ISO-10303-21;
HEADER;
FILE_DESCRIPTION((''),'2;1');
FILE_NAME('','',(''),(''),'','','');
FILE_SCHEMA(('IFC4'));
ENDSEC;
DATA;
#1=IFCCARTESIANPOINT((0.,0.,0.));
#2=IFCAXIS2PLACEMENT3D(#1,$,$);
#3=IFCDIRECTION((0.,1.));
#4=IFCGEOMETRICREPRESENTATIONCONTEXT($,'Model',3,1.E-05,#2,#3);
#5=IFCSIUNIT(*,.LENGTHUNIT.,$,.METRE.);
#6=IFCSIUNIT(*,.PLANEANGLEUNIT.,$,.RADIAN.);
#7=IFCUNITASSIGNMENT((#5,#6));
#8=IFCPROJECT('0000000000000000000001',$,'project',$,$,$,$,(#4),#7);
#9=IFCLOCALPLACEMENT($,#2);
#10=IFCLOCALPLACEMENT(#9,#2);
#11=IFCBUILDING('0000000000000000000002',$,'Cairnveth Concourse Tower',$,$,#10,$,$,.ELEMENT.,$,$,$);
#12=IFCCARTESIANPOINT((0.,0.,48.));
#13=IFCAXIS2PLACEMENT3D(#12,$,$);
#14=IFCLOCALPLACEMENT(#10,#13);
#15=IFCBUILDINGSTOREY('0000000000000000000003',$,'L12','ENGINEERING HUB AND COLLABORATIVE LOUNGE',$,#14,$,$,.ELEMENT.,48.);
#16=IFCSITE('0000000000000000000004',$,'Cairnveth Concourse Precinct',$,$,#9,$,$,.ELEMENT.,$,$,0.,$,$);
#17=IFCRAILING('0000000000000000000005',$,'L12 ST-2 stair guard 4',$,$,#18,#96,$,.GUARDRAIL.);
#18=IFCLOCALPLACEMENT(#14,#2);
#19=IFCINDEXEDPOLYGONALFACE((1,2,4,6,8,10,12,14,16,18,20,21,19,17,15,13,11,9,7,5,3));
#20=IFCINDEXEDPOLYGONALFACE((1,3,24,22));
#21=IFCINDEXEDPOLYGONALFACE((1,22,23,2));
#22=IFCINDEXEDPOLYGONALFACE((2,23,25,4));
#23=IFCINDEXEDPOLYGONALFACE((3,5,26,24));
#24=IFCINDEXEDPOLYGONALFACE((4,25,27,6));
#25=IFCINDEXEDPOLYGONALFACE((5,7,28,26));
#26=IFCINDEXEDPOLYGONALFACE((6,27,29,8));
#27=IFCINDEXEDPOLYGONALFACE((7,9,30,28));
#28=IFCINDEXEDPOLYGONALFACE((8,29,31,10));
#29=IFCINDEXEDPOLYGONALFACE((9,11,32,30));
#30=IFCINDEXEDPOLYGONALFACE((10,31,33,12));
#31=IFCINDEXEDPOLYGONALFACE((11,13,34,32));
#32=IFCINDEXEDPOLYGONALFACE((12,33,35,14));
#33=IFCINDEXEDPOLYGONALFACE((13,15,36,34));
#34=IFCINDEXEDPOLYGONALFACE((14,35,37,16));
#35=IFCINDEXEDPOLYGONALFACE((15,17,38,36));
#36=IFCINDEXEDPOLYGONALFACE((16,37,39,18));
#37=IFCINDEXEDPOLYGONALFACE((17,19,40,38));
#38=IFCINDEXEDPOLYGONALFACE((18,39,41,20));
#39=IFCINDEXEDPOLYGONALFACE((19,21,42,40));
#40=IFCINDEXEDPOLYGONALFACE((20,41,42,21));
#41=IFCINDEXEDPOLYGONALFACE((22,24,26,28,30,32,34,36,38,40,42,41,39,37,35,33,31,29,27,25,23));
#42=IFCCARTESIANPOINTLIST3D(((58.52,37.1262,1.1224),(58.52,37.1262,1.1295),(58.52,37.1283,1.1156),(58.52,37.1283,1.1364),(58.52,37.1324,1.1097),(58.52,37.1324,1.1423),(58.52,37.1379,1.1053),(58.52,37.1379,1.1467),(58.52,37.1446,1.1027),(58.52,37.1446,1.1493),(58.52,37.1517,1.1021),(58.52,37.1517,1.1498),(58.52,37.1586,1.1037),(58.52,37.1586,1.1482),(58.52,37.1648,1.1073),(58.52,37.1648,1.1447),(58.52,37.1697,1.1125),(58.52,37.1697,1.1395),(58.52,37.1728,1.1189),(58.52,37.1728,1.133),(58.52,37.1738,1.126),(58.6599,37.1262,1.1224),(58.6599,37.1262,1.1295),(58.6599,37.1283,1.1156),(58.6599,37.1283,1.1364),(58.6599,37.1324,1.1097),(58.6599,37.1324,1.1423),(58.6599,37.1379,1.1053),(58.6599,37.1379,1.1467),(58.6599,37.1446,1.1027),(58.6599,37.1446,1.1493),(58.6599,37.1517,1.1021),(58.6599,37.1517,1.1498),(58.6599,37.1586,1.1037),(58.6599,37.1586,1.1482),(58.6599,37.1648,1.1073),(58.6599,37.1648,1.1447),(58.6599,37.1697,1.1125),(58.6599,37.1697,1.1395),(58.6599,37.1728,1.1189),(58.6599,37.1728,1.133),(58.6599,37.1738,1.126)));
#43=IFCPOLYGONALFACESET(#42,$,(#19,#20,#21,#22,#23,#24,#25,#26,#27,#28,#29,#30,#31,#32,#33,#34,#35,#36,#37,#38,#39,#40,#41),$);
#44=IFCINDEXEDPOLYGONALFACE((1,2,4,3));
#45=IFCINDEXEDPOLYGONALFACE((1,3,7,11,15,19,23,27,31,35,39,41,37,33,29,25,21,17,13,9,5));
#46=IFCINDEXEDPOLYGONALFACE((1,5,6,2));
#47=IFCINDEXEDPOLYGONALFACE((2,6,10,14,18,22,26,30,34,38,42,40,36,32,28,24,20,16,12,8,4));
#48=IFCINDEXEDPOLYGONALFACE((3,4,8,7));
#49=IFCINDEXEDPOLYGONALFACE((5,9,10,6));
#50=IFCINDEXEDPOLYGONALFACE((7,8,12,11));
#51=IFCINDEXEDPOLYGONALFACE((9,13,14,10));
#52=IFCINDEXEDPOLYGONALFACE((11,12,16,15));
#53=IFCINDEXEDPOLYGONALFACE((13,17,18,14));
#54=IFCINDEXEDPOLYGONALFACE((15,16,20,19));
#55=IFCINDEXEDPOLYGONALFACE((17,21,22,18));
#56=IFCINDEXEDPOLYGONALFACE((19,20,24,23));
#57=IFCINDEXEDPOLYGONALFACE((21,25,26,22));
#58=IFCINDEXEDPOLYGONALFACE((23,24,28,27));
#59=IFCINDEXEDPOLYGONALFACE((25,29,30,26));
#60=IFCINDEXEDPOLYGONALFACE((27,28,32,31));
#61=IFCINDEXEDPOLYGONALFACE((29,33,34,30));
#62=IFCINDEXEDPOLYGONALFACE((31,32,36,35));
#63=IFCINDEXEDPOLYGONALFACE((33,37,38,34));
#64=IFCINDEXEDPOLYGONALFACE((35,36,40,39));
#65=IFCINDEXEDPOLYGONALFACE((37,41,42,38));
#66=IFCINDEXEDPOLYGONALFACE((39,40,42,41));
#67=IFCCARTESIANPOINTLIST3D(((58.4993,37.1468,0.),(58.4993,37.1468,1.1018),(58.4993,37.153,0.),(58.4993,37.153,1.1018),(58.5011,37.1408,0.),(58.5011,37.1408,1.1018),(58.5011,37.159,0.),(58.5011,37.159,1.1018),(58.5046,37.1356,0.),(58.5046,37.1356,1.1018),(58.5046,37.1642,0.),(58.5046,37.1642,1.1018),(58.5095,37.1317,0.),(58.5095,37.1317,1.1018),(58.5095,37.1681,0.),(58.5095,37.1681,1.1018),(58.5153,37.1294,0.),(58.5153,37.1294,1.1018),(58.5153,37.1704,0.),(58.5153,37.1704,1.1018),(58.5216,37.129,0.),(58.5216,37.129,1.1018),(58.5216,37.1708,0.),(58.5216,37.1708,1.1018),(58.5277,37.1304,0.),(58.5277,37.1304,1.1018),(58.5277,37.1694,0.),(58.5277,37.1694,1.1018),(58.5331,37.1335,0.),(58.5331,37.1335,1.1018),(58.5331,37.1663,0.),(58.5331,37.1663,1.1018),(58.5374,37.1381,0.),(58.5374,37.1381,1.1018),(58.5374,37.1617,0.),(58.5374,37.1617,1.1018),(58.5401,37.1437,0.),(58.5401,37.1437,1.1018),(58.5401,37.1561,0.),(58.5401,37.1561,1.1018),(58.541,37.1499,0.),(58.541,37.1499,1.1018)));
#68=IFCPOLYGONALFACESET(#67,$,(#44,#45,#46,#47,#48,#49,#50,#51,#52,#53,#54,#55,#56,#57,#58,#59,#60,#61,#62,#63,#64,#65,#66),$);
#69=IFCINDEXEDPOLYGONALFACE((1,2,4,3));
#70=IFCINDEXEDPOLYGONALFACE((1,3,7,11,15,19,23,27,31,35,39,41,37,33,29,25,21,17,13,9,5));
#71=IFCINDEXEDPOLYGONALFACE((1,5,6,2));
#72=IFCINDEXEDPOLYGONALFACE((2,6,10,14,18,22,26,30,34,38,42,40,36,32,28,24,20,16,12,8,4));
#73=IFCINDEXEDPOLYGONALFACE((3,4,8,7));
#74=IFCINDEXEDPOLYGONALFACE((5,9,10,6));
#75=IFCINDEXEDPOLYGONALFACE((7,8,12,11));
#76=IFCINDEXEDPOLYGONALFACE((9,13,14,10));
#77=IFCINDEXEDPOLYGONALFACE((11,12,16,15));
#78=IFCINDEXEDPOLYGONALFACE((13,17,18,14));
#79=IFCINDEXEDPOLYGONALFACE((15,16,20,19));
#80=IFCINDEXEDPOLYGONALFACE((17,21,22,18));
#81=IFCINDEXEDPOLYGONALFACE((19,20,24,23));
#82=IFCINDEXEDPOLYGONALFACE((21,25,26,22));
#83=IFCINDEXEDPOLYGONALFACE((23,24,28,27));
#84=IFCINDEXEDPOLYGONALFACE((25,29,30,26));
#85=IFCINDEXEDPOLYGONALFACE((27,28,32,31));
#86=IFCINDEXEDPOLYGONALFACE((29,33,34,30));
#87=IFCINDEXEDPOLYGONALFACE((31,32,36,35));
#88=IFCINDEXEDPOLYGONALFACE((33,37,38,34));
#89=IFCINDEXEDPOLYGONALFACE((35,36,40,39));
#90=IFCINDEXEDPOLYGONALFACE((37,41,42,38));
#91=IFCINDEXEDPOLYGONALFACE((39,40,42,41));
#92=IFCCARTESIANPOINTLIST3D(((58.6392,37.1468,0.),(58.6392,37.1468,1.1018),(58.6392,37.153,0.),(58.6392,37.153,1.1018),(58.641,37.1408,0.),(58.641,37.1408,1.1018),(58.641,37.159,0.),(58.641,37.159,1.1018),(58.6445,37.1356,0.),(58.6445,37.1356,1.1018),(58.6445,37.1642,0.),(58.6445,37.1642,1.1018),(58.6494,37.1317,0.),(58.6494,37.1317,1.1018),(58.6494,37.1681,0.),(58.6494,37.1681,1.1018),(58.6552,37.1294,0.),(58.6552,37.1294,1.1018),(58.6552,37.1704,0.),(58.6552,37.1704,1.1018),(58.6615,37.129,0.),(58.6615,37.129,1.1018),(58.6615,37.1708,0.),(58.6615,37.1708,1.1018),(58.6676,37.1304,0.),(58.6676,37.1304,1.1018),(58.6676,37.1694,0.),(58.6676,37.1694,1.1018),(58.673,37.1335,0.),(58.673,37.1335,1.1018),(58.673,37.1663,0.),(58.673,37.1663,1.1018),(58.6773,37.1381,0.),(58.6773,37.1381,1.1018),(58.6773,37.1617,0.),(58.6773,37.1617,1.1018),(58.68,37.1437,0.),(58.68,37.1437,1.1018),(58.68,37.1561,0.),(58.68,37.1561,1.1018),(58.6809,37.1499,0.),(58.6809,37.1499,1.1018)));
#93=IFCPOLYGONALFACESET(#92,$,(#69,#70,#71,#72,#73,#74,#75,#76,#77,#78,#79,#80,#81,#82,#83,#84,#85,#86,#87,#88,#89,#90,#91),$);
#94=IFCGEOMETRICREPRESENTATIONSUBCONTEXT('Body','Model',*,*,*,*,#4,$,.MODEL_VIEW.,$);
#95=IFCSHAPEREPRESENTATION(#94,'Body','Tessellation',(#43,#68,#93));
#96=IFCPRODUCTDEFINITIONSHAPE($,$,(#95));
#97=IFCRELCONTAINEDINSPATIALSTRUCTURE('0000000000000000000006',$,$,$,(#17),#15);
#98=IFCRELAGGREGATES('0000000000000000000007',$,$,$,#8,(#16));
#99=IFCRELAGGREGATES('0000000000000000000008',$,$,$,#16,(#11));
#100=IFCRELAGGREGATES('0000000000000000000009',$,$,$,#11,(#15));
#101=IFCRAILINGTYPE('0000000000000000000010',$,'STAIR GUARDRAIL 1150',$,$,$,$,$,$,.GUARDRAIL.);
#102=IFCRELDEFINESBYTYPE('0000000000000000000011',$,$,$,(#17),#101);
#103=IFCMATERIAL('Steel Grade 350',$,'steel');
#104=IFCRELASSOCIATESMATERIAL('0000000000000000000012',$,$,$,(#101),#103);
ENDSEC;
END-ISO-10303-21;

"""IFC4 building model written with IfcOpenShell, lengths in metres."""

from ifc_helpers import new_model, si_unit, direction, frame, origin, origin_2d, place, context, subcontext, project, spatial, circle, extrude, material, type_object, element, save


model = new_model("IFC4")

# Units and contexts
model_context = context("Model", 3, precision=1e-05, world=origin(), true_north=direction((0.0, 1.0)))
body_context = subcontext(model_context, "Body", "Model", "MODEL_VIEW")
ifc_project = project(units=[si_unit("LENGTHUNIT", "METRE"), si_unit("PLANEANGLEUNIT", "RADIAN")], contexts=[model_context])

# Site, building, storey
site_placement = place(None, origin())
site = spatial("IfcSite", under=ifc_project, at=site_placement, Name="Cairnveth Concourse Precinct", CompositionType="ELEMENT", RefElevation=0.0)
building_placement = place(site_placement, origin())
building = spatial("IfcBuilding", under=site, at=building_placement, Name="Cairnveth Concourse Tower", CompositionType="ELEMENT")
storey_placement = place(building_placement, frame((0.0, 0.0, 48.0)))
storey = spatial("IfcBuildingStorey", under=building, at=storey_placement, Name="L12", Description="ENGINEERING HUB AND COLLABORATIVE LOUNGE", CompositionType="ELEMENT", Elevation=48.0)

# Shared definitions
ifc_material_1 = material(Name="Steel Grade 350", Category="steel")

# Railing
railing_type = type_object("IfcRailingType", Name="STAIR GUARDRAIL 1150", PredefinedType="GUARDRAIL", material=ifc_material_1)
railing_1_placement = place(storey_placement, frame((58.52, 37.1499, 0.0)))
element("IfcRailing", 1, at=railing_1_placement, inside=storey, type_object=railing_type, Name="L12 ST-2 stair guard 4", PredefinedType="GUARDRAIL", context=body_context, shape_type="SweptSolid", body=[
    extrude(circle(Radius=0.0239, at=origin_2d()), frame((0.0, 0.0, 1.126), z_axis=(1.0, 0.0, 0.0), x_axis=(0.0, 1.0, 0.0)), (0.0, 0.0, 1.0), 0.1399),
    extrude(circle(Radius=0.021, at=origin_2d()), origin(), (0.0, 0.0, 1.0), 1.1018),
    extrude(circle(Radius=0.021, at=origin_2d()), frame((0.1399, 0.0, 0.0)), (0.0, 0.0, 1.0), 1.1018),
])

save(model, "model.ifc")
